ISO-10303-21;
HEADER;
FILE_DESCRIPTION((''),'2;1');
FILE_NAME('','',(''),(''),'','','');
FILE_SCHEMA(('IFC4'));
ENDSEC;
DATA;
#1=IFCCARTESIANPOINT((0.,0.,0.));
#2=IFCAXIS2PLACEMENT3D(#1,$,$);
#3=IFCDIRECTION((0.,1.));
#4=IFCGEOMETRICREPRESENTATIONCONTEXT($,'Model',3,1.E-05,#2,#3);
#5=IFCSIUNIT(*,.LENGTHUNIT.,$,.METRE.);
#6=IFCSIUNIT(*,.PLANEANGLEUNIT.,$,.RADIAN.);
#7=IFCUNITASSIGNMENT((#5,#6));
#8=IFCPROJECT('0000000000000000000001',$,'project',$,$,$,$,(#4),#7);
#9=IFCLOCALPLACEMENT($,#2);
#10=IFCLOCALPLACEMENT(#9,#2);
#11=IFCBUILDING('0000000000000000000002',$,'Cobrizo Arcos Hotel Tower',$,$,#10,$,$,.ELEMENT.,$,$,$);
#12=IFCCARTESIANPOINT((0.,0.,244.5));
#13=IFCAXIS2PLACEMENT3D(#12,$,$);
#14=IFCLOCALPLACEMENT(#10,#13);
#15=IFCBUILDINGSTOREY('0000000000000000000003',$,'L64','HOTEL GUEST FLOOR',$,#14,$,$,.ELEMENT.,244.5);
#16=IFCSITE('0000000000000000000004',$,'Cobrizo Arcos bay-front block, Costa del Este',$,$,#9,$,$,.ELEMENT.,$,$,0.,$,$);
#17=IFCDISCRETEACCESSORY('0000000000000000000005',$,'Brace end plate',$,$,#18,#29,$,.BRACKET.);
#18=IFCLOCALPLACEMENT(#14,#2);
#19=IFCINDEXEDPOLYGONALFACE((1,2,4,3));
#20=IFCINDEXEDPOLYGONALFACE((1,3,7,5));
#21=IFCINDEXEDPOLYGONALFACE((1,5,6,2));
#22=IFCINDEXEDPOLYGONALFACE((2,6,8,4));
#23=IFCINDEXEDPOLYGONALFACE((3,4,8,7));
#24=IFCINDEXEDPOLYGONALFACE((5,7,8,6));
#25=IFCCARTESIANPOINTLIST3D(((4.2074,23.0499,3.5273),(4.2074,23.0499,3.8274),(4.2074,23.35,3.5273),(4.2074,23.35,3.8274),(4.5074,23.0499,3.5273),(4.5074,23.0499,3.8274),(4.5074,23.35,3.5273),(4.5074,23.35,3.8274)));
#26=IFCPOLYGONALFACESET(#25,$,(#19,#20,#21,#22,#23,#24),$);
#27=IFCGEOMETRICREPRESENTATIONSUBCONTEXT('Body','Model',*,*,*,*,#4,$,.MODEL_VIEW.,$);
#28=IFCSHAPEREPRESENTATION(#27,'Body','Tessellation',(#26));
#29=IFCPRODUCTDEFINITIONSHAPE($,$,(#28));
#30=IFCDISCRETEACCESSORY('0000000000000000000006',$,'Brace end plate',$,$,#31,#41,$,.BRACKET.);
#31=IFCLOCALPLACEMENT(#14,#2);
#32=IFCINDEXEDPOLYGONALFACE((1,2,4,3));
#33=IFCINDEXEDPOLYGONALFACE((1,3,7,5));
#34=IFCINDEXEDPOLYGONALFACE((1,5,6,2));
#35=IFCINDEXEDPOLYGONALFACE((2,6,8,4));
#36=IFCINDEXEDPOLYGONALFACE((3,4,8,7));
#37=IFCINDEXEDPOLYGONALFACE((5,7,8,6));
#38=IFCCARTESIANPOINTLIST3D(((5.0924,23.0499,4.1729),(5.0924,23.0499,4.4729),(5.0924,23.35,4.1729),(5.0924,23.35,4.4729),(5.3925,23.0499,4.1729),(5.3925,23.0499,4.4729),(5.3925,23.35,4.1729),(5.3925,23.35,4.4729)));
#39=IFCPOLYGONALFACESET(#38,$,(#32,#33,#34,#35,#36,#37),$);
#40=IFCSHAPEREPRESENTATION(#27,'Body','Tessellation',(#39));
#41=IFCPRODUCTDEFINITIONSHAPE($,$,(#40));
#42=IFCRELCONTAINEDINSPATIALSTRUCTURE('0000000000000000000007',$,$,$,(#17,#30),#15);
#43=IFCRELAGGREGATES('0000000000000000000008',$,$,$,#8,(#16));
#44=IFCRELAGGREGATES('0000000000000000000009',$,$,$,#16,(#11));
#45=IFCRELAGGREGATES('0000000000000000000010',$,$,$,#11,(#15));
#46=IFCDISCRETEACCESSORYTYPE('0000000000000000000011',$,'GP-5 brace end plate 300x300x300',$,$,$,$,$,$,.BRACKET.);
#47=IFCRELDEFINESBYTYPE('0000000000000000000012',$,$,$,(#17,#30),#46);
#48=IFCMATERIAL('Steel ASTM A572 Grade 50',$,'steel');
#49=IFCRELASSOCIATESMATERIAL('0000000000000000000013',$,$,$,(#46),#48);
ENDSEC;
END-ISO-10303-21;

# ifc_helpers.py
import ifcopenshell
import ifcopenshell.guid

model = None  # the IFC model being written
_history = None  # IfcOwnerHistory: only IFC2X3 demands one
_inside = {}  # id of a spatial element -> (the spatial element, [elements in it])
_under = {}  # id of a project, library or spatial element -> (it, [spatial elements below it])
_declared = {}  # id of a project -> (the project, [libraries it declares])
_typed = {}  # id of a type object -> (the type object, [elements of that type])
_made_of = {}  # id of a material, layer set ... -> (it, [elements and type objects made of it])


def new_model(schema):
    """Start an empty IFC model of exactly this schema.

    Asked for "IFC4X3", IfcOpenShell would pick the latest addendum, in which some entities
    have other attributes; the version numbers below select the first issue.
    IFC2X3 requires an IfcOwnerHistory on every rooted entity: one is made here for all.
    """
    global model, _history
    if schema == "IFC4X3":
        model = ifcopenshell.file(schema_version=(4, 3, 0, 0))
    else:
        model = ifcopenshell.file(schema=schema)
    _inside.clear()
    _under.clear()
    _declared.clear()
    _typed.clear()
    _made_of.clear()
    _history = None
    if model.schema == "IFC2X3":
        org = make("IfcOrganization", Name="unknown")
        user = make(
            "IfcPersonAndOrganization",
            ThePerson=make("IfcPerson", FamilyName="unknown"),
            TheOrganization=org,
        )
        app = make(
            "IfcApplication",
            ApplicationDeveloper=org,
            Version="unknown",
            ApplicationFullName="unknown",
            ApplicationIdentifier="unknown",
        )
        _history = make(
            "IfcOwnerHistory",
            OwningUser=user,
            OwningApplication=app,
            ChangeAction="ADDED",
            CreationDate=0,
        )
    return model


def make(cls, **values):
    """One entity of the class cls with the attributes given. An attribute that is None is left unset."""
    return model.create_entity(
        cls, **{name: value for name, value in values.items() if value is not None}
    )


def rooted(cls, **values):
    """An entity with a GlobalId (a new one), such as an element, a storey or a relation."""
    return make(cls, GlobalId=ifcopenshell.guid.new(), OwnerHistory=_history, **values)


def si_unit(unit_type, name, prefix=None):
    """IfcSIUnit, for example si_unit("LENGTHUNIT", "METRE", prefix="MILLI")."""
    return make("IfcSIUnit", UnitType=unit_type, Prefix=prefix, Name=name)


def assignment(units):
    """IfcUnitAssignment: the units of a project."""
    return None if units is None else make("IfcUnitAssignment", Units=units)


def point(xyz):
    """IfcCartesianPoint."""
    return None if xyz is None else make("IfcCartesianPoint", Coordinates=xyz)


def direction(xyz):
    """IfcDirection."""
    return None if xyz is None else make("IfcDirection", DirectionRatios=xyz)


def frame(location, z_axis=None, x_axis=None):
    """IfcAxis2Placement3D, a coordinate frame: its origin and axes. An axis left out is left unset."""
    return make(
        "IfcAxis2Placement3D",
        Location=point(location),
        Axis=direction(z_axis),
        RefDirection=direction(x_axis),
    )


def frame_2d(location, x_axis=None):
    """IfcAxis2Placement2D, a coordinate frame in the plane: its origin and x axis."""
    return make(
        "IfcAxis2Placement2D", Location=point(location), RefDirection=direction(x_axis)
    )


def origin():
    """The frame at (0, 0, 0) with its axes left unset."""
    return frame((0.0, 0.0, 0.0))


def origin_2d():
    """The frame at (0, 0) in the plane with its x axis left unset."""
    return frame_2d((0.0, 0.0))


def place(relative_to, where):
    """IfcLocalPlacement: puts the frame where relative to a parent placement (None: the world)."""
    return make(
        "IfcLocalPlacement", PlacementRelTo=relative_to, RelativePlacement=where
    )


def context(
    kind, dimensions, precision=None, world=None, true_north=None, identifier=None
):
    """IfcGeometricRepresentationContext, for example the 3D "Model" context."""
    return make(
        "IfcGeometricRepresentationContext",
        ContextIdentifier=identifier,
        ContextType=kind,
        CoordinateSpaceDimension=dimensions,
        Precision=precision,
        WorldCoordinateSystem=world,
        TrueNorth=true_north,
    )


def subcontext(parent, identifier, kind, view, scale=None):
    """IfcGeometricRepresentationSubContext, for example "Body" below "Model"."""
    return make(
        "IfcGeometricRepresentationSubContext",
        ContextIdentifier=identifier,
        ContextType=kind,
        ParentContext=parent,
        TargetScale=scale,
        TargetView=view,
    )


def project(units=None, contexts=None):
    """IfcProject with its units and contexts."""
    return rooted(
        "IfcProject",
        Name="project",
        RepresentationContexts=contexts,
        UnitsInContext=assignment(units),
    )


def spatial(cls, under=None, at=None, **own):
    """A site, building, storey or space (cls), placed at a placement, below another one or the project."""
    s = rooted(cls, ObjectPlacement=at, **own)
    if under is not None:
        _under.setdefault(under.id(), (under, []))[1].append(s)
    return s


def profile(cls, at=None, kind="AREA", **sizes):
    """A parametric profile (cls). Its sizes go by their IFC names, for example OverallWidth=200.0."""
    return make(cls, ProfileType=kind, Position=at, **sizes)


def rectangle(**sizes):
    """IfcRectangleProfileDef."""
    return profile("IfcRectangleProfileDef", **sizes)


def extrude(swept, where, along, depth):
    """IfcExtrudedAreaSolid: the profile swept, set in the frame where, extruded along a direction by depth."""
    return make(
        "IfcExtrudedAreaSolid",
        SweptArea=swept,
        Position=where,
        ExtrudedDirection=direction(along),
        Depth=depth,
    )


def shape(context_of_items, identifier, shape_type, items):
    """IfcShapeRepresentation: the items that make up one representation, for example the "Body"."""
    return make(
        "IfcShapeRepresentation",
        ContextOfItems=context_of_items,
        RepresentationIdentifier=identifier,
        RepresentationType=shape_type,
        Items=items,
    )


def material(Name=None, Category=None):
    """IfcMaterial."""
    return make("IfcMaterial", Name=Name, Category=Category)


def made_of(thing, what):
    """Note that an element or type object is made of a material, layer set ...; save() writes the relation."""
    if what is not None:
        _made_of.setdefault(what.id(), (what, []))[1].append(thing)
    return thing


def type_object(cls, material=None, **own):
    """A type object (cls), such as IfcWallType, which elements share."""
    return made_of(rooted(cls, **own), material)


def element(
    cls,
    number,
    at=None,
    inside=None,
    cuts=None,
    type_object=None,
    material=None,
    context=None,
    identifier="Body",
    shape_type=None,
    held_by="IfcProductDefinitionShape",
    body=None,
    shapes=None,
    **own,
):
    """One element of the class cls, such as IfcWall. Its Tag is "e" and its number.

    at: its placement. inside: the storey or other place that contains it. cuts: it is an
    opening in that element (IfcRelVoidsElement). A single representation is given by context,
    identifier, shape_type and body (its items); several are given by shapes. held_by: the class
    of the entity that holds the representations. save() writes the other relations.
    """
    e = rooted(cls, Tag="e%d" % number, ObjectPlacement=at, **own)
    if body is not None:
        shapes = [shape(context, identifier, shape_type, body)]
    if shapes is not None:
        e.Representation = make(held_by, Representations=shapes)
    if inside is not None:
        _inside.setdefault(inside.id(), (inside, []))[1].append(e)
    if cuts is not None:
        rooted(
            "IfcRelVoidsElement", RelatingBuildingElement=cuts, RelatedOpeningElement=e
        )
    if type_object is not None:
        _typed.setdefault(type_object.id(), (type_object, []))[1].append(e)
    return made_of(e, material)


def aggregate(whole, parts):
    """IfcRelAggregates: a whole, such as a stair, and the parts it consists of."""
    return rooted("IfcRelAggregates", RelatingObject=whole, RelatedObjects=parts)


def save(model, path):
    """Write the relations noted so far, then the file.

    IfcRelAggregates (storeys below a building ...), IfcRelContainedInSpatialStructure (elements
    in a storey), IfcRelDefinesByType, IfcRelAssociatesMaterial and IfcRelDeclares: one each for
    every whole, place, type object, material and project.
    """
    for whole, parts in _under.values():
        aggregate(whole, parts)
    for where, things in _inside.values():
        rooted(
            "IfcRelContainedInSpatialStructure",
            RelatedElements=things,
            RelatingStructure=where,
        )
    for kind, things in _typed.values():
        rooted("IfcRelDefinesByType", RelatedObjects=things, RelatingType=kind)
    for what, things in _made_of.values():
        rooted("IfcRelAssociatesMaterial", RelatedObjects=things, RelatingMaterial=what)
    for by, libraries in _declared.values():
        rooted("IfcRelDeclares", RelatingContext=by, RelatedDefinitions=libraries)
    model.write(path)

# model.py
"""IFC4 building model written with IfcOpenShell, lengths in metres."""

from ifc_helpers import new_model, si_unit, direction, frame, origin, origin_2d, place, context, subcontext, project, spatial, rectangle, extrude, material, type_object, element, save


model = new_model("IFC4")

# Units and contexts
model_context = context("Model", 3, precision=1e-05, world=origin(), true_north=direction((0.0, 1.0)))
body_context = subcontext(model_context, "Body", "Model", "MODEL_VIEW")
ifc_project = project(units=[si_unit("LENGTHUNIT", "METRE"), si_unit("PLANEANGLEUNIT", "RADIAN")], contexts=[model_context])

# Site, building, storey
site_placement = place(None, origin())
site = spatial("IfcSite", under=ifc_project, at=site_placement, Name="Cobrizo Arcos bay-front block, Costa del Este", CompositionType="ELEMENT", RefElevation=0.0)
building_placement = place(site_placement, origin())
building = spatial("IfcBuilding", under=site, at=building_placement, Name="Cobrizo Arcos Hotel Tower", CompositionType="ELEMENT")
storey_placement = place(building_placement, frame((0.0, 0.0, 244.5)))
storey = spatial("IfcBuildingStorey", under=building, at=storey_placement, Name="L64", Description="HOTEL GUEST FLOOR", CompositionType="ELEMENT", Elevation=244.5)

# Shared definitions
ifc_material_1 = material(Name="Steel ASTM A572 Grade 50", Category="steel")

# Discrete accessories
discrete_accessory_type = type_object("IfcDiscreteAccessoryType", Name="GP-5 brace end plate 300x300x300", PredefinedType="BRACKET", material=ifc_material_1)
for number, where, z_axis, x_axis, name in (
    (1, (4.3574, 23.2, 3.5273), (0.0, 0.0, 1.0), (1.0, 0.0, 0.0), "Brace end plate"),
    (2, (5.2424, 23.2, 4.1729), (0.0, 0.0, 1.0), (1.0, 0.0, 0.0), "Brace end plate"),
):
    element("IfcDiscreteAccessory", number, at=place(storey_placement, frame(where, z_axis=z_axis, x_axis=x_axis)), inside=storey, type_object=discrete_accessory_type, Name=name, PredefinedType="BRACKET", context=body_context, shape_type="SweptSolid", body=[
        extrude(rectangle(XDim=0.3, YDim=0.3, at=origin_2d()), origin(), (0.0, 0.0, 1.0), 0.3),
    ])

save(model, "model.ifc")
